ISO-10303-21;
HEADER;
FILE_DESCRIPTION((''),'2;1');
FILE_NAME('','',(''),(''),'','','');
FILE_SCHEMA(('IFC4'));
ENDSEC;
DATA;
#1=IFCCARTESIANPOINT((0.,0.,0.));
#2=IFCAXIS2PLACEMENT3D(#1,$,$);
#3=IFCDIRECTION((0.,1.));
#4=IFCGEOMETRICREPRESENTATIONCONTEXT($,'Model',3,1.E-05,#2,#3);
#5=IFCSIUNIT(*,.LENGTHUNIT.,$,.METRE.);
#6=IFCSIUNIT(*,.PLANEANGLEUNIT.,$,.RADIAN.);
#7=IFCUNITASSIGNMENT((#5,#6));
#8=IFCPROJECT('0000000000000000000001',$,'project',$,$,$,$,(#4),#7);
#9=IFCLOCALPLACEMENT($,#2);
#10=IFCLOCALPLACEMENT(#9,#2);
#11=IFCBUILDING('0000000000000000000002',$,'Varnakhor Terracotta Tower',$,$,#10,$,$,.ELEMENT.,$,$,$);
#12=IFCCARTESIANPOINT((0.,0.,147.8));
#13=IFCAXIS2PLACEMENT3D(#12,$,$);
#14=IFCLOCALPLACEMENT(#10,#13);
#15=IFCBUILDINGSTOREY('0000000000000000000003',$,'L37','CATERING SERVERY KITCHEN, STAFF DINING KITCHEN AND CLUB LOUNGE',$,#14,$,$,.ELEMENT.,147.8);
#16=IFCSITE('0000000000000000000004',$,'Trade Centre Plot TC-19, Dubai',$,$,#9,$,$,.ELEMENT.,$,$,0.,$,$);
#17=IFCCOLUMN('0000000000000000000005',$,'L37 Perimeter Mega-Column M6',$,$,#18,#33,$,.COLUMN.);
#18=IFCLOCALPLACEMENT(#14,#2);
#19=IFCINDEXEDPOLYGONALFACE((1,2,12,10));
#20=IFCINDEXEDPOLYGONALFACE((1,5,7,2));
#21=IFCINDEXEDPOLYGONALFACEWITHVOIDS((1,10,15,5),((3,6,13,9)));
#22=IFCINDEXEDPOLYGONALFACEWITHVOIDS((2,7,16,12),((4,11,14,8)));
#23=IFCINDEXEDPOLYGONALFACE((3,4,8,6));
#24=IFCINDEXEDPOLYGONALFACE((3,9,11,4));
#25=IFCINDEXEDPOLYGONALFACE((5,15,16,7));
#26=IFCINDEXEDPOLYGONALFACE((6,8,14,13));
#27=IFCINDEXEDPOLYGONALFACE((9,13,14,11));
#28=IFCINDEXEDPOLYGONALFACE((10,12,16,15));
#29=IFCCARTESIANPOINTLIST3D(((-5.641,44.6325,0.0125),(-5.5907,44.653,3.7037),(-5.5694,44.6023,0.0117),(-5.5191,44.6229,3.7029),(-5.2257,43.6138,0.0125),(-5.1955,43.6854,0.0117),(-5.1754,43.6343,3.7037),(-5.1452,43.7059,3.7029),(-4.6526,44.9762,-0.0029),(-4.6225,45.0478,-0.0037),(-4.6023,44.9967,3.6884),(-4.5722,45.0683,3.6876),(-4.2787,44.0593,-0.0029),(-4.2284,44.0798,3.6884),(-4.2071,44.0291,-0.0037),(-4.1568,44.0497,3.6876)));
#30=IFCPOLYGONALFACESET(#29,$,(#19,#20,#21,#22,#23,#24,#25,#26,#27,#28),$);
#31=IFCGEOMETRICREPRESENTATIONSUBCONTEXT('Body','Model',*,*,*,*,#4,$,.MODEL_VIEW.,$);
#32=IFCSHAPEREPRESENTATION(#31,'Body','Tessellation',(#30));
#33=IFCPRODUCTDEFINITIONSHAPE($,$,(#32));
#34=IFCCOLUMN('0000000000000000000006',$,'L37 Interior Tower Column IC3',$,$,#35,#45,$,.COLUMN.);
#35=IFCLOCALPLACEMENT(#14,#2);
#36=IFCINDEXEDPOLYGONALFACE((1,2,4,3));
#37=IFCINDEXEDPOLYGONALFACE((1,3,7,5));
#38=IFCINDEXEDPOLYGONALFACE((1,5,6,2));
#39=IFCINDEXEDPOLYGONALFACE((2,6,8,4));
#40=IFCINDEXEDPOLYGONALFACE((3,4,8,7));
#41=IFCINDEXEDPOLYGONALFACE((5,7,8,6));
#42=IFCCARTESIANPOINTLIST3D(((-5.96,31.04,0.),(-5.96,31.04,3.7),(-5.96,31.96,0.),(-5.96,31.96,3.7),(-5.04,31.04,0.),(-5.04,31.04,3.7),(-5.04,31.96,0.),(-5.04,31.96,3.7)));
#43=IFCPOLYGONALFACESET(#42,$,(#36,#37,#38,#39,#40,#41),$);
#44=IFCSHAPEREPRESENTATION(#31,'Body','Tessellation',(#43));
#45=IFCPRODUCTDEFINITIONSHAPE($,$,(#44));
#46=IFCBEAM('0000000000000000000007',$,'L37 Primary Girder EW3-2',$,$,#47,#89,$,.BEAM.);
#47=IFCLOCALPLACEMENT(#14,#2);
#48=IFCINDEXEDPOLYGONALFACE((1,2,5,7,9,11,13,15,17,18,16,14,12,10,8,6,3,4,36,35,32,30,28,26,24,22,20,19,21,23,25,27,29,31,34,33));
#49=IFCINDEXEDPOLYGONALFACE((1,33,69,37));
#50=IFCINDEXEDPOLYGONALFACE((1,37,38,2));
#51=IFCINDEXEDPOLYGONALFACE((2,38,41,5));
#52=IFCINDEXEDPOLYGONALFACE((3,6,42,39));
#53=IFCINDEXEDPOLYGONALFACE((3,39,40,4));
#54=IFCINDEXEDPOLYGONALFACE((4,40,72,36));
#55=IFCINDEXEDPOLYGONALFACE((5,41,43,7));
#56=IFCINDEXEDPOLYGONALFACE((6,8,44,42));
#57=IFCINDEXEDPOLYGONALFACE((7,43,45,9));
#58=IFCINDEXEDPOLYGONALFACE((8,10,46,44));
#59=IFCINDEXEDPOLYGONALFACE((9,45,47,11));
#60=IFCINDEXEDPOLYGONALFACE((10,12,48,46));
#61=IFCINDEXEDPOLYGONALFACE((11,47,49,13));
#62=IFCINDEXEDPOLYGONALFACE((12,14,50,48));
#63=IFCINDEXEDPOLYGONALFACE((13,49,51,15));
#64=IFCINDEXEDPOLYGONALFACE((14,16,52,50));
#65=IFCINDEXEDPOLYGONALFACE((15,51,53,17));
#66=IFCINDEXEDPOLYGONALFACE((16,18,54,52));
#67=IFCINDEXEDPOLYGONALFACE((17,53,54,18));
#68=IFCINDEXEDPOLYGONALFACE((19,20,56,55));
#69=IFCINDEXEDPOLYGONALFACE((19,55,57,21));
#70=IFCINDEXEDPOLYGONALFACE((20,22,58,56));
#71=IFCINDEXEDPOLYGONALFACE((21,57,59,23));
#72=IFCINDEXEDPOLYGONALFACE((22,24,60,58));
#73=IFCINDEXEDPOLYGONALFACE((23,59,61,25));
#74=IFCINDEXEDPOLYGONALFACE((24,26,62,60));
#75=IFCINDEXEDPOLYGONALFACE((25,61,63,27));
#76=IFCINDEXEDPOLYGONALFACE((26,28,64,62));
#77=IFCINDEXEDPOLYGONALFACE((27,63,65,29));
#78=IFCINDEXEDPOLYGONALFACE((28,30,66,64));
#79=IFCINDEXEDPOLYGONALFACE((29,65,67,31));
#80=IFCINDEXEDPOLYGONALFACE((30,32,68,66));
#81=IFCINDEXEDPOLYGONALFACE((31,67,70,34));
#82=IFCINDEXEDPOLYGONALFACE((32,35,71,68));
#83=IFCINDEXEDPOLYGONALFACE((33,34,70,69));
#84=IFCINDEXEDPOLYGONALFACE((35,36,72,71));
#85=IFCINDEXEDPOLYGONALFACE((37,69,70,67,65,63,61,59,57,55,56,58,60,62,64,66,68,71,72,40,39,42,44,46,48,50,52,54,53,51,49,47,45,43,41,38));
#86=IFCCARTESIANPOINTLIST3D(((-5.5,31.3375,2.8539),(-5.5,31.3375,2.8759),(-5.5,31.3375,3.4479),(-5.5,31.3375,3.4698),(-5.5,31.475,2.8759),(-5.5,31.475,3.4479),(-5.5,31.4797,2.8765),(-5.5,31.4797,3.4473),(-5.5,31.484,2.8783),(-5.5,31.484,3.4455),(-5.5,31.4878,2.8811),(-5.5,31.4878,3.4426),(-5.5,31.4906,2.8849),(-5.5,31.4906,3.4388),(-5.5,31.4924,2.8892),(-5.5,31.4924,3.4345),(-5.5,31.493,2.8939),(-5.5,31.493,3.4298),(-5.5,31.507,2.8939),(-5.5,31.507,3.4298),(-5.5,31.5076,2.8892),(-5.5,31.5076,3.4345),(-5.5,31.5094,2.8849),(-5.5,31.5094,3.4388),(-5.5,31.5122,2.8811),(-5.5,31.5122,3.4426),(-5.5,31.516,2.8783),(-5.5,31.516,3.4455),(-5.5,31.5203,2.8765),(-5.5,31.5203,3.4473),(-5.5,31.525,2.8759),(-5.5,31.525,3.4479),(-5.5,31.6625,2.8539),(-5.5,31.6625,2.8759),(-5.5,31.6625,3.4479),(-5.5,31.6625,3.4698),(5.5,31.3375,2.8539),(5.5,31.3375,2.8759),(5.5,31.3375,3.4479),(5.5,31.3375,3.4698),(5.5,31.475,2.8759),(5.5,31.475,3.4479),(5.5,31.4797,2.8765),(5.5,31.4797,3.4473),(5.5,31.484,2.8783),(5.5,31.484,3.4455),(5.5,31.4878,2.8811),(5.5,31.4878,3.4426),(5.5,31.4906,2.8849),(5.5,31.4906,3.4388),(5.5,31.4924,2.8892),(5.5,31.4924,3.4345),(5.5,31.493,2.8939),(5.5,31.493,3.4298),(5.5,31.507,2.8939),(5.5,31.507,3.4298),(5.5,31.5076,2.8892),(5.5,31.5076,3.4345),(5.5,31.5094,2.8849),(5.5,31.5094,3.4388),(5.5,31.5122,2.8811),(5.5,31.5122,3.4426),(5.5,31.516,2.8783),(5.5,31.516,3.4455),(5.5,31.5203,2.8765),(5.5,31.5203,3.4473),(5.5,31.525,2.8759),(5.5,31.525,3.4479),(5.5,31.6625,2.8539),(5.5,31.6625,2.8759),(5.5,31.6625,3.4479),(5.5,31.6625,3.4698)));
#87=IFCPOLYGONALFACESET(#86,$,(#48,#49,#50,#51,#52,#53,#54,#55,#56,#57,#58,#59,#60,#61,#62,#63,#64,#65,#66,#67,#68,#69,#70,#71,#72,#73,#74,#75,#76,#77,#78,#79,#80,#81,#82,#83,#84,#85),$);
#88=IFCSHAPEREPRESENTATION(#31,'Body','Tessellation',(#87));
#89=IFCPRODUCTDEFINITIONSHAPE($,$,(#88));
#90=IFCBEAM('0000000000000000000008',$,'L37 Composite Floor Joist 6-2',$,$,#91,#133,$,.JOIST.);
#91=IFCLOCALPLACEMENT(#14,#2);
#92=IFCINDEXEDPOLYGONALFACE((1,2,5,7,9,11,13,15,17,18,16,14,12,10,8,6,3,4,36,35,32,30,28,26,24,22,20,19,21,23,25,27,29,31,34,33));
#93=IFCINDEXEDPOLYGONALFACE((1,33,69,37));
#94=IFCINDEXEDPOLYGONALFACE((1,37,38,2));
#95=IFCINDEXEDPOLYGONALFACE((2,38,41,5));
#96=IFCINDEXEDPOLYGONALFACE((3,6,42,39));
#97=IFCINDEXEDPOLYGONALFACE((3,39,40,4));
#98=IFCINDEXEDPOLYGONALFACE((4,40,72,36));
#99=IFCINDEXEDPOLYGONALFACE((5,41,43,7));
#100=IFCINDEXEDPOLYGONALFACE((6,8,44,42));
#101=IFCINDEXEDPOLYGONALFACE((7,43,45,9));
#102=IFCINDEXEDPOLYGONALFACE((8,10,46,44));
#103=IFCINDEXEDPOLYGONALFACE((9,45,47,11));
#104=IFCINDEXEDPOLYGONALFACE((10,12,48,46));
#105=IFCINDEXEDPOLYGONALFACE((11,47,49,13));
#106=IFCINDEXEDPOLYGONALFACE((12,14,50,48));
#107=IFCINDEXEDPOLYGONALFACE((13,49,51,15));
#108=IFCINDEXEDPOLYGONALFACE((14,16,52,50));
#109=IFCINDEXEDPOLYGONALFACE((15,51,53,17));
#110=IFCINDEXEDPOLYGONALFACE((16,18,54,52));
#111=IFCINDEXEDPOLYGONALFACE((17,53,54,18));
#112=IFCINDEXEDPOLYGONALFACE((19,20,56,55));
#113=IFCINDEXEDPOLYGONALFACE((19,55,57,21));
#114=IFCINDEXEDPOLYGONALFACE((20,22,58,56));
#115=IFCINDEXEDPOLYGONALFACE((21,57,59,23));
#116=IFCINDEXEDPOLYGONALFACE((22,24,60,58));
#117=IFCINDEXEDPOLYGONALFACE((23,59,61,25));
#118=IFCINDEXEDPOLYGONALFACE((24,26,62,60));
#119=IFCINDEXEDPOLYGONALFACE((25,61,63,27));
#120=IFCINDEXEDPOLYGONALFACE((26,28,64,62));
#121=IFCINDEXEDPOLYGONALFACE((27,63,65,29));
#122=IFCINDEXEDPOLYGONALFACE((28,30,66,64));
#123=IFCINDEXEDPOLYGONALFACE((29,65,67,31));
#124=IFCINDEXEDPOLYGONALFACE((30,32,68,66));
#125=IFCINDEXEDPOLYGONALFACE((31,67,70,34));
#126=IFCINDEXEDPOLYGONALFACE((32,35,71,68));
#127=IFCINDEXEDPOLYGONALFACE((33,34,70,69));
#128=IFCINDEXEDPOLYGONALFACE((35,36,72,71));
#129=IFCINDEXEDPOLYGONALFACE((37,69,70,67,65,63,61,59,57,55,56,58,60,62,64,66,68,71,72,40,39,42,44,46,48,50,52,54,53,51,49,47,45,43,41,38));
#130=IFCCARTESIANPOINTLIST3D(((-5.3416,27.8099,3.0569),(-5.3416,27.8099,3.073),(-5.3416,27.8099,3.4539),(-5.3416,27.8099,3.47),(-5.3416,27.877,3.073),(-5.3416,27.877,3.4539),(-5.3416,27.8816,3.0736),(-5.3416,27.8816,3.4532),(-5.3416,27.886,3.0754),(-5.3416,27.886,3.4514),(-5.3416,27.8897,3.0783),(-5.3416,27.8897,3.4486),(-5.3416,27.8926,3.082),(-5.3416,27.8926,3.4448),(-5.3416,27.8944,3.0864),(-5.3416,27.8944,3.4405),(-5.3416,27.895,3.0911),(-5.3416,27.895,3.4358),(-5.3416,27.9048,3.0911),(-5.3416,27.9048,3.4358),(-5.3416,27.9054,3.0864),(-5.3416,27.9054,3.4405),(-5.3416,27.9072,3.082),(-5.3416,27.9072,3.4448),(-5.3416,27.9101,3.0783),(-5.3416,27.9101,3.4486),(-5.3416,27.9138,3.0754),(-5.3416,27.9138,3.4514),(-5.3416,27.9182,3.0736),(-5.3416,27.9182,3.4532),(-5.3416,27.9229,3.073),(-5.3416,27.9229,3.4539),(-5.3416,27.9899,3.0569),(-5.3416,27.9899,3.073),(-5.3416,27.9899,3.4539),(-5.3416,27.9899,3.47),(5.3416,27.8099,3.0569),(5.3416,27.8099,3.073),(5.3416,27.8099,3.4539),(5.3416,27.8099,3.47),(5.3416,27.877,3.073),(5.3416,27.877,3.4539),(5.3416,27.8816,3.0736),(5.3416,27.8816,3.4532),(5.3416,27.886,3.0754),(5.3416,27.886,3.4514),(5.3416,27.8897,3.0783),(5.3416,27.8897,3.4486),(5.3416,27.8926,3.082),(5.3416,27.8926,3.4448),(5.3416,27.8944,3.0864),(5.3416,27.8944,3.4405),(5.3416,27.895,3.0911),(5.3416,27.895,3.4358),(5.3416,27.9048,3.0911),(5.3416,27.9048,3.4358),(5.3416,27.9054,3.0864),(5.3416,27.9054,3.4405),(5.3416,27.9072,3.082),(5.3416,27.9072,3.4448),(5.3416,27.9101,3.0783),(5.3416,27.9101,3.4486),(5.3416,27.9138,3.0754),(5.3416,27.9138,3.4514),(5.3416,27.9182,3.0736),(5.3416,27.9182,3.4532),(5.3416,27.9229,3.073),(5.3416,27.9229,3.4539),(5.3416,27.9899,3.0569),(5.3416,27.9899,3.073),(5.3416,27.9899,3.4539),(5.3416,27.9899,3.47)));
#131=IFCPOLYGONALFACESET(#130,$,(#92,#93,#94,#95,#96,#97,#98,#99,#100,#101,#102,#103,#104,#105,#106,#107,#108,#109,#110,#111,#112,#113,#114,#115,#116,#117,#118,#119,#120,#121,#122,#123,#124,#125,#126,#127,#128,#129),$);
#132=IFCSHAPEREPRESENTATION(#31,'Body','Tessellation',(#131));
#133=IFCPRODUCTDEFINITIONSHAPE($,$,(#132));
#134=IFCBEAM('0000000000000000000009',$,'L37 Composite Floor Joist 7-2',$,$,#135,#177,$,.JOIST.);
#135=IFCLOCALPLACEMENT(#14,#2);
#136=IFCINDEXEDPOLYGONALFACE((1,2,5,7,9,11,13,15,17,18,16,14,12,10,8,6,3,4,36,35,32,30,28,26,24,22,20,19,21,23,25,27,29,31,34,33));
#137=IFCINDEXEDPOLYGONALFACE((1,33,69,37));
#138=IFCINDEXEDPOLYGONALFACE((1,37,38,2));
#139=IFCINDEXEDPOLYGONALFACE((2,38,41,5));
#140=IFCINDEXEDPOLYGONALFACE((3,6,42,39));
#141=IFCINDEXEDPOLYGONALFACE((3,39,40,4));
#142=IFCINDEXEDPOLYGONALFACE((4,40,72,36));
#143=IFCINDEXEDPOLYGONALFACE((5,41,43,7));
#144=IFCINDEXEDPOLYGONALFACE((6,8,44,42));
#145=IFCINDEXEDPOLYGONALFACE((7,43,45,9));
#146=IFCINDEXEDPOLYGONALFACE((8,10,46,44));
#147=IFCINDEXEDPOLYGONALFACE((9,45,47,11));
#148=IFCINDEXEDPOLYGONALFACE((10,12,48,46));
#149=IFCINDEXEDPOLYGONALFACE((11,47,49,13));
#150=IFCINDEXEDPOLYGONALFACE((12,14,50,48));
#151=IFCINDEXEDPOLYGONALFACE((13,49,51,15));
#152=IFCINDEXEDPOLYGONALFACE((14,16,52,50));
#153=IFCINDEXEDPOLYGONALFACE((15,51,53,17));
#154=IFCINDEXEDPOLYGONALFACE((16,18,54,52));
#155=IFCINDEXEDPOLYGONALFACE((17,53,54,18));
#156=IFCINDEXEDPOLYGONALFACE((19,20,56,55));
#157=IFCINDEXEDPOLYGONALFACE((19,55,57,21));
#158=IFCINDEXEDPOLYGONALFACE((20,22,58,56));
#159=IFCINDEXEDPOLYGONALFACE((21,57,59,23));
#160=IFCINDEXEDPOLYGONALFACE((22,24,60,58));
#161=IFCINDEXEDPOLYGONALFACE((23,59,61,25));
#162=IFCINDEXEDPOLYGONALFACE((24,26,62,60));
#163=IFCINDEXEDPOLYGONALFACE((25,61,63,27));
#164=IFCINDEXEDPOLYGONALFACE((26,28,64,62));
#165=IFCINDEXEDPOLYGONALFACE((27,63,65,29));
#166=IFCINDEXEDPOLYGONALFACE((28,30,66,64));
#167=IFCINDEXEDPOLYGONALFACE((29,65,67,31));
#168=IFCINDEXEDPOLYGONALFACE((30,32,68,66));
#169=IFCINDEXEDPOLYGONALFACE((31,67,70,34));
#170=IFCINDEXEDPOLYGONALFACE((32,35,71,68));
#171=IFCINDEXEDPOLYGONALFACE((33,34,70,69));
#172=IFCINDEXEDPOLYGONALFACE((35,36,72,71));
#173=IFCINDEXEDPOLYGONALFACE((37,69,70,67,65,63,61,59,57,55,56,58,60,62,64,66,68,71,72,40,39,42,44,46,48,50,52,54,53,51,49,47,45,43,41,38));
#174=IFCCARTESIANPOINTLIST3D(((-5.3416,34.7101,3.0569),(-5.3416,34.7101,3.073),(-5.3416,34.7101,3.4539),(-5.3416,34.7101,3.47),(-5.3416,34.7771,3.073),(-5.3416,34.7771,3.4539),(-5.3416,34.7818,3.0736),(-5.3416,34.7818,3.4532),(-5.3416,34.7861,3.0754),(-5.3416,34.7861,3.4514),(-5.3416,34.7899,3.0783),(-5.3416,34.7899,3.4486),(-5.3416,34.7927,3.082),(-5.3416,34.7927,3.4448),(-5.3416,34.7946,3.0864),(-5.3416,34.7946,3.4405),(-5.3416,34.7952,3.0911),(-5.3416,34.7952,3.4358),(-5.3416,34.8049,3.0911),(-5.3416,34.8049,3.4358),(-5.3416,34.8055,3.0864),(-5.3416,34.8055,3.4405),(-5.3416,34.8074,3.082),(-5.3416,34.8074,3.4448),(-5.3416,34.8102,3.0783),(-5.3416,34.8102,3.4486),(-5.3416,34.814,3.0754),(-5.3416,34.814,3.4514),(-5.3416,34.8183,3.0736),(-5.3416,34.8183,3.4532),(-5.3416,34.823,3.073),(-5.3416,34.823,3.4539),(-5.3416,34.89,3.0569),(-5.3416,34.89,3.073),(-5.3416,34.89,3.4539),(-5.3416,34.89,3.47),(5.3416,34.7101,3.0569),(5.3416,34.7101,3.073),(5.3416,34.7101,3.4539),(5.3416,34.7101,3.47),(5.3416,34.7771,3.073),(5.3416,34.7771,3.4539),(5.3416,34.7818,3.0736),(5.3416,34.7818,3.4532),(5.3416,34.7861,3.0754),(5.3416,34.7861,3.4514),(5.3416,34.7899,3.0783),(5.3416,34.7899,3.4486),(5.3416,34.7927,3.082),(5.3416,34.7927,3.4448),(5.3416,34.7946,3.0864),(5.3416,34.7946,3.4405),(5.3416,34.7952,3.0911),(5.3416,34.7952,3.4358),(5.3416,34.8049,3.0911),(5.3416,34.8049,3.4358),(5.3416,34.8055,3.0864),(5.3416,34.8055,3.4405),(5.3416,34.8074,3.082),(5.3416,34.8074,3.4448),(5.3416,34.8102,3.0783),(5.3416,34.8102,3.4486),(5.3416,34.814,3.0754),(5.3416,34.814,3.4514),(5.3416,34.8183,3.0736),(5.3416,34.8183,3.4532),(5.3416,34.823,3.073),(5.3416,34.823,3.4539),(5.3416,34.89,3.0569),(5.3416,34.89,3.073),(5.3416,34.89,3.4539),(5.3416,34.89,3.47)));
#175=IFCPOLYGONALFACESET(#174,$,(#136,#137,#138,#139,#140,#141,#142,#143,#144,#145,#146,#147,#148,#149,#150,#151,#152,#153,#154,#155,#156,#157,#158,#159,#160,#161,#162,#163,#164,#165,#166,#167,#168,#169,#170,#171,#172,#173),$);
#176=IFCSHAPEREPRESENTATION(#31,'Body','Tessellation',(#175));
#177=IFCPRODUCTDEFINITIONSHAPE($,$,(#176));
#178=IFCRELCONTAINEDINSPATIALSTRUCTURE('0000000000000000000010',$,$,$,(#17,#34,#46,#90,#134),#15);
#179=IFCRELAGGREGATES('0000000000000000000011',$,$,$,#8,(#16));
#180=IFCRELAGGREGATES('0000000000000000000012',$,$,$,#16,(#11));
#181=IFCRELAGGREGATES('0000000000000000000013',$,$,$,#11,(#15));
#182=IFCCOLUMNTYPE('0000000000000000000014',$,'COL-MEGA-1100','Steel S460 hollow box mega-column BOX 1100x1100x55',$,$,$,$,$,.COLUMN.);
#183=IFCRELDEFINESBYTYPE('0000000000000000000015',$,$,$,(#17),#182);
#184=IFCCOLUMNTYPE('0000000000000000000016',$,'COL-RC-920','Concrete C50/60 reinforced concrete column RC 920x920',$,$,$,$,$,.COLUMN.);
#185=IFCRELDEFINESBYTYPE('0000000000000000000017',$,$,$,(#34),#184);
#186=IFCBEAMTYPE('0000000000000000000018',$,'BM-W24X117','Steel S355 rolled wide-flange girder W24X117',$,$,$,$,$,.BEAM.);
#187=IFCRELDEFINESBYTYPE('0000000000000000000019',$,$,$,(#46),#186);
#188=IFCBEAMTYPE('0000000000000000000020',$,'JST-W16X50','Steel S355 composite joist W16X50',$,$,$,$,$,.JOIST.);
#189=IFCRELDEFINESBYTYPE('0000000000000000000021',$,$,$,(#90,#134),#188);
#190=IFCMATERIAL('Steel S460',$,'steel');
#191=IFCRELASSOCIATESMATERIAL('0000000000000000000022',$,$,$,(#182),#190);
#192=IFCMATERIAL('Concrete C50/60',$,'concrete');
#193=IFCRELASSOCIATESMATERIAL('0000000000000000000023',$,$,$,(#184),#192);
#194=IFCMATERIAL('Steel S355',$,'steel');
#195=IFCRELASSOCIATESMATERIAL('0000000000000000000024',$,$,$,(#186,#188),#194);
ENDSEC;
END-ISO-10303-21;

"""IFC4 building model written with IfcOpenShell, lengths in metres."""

from ifc_helpers import new_model, si_unit, direction, frame, origin, origin_2d, place, context, subcontext, project, spatial, rectangle, hollow_rectangle, i_section, extrude, source, transform, mapped, material, material_profile, profile_set, type_object, element, save


model = new_model("IFC4")

# Units and contexts
model_context = context("Model", 3, precision=1e-05, world=origin(), true_north=direction((0.0, 1.0)))
body_context = subcontext(model_context, "Body", "Model", "MODEL_VIEW")
ifc_project = project(units=[si_unit("LENGTHUNIT", "METRE"), si_unit("PLANEANGLEUNIT", "RADIAN")], contexts=[model_context])

# Site, building, storey
site_placement = place(None, origin())
site = spatial("IfcSite", under=ifc_project, at=site_placement, Name="Trade Centre Plot TC-19, Dubai", CompositionType="ELEMENT", RefElevation=0.0)
building_placement = place(site_placement, origin())
building = spatial("IfcBuilding", under=site, at=building_placement, Name="Varnakhor Terracotta Tower", CompositionType="ELEMENT")
storey_placement = place(building_placement, frame((0.0, 0.0, 147.8)))
storey = spatial("IfcBuildingStorey", under=building, at=storey_placement, Name="L37", Description="CATERING SERVERY KITCHEN, STAFF DINING KITCHEN AND CLUB LOUNGE", CompositionType="ELEMENT", Elevation=147.8)

# Columns
ifc_material_1 = material(Name="Steel S460", Category="steel")
ifc_material_profile_1 = material_profile(ifc_material_1, hollow_rectangle(XDim=1.1001, YDim=1.1001, WallThickness=0.0549, at=origin_2d()), Name="BOX 1100x1100x55")
ifc_profile_set_1 = profile_set([ifc_material_profile_1], Name="Steel S460")
column_type_1 = type_object("IfcColumnType", Name="COL-MEGA-1100", Description="Steel S460 hollow box mega-column BOX 1100x1100x55", PredefinedType="COLUMN", material=ifc_profile_set_1)
shared_shape_1 = source(origin(), body_context, "Body", "SweptSolid", [
    extrude(hollow_rectangle(XDim=1.1001, YDim=1.1001, WallThickness=0.0549, at=origin_2d()), origin(), (0.0, 0.0, 1.0), 3.6917),
])
column_1_placement = place(storey_placement, frame((-4.9241, 44.3308, 0.0044), z_axis=(0.013624, 0.005555, 0.999892), x_axis=(-0.377582, 0.925976, 0.0)))
element("IfcColumn", 1, at=column_1_placement, inside=storey, type_object=column_type_1, Name="L37 Perimeter Mega-Column M6", PredefinedType="COLUMN", context=body_context, shape_type="MappedRepresentation", body=[
    mapped(shared_shape_1, transform((0.0, 0.0, 0.0), scale=1.0)),
])
ifc_material_2 = material(Name="Concrete C50/60", Category="concrete")
ifc_material_profile_2 = material_profile(ifc_material_2, rectangle(XDim=0.9199, YDim=0.9199, at=origin_2d()), Name="RC 920x920")
ifc_profile_set_2 = profile_set([ifc_material_profile_2], Name="Concrete C50/60")
column_type_2 = type_object("IfcColumnType", Name="COL-RC-920", Description="Concrete C50/60 reinforced concrete column RC 920x920", PredefinedType="COLUMN", material=ifc_profile_set_2)
shared_shape_2 = source(origin(), body_context, "Body", "SweptSolid", [
    extrude(rectangle(XDim=0.9199, YDim=0.9199, at=origin_2d()), origin(), (0.0, 0.0, 1.0), 3.7),
])
column_2_placement = place(storey_placement, frame((-5.5, 31.5, 0.0), z_axis=(0.0, 0.0, 1.0), x_axis=(1.0, 0.0, 0.0)))
element("IfcColumn", 2, at=column_2_placement, inside=storey, type_object=column_type_2, Name="L37 Interior Tower Column IC3", PredefinedType="COLUMN", context=body_context, shape_type="MappedRepresentation", body=[
    mapped(shared_shape_2, transform((0.0, 0.0, 0.0), scale=1.0)),
])

# Beams
ifc_material_3 = material(Name="Steel S355", Category="steel")
ifc_material_profile_3 = material_profile(ifc_material_3, i_section(OverallWidth=0.325, OverallDepth=0.616, WebThickness=0.0139, FlangeThickness=0.022, FilletRadius=0.0181, at=origin_2d()), Name="W24X117")
ifc_profile_set_3 = profile_set([ifc_material_profile_3], Name="Steel S355")
beam_type_1 = type_object("IfcBeamType", Name="BM-W24X117", Description="Steel S355 rolled wide-flange girder W24X117", PredefinedType="BEAM", material=ifc_profile_set_3)
shared_shape_3 = source(origin(), body_context, "Body", "SweptSolid", [
    extrude(i_section(OverallWidth=0.325, OverallDepth=0.616, WebThickness=0.0139, FlangeThickness=0.022, FilletRadius=0.0181, at=origin_2d()), origin(), (0.0, 0.0, 1.0), 11.0),
])
beam_1_placement = place(storey_placement, frame((-5.5, 31.5, 3.1619), z_axis=(1.0, 0.0, 0.0), x_axis=(0.0, 1.0, 0.0)))
element("IfcBeam", 3, at=beam_1_placement, inside=storey, type_object=beam_type_1, Name="L37 Primary Girder EW3-2", PredefinedType="BEAM", context=body_context, shape_type="MappedRepresentation", body=[
    mapped(shared_shape_3, transform((0.0, 0.0, 0.0), scale=1.0)),
])
ifc_material_profile_4 = material_profile(ifc_material_3, i_section(OverallWidth=0.1799, OverallDepth=0.4131, WebThickness=0.0098, FlangeThickness=0.0161, FilletRadius=0.0181, at=origin_2d()), Name="W16X50")
ifc_profile_set_4 = profile_set([ifc_material_profile_4], Name="Steel S355")
beam_type_2 = type_object("IfcBeamType", Name="JST-W16X50", Description="Steel S355 composite joist W16X50", PredefinedType="JOIST", material=ifc_profile_set_4)
shared_shape_4 = source(origin(), body_context, "Body", "SweptSolid", [
    extrude(i_section(OverallWidth=0.1799, OverallDepth=0.4131, WebThickness=0.0098, FlangeThickness=0.0161, FilletRadius=0.0181, at=origin_2d()), origin(), (0.0, 0.0, 1.0), 10.6831),
])
for number, where, z_axis, x_axis, name in (
    (4, (-5.3416, 27.8999, 3.2634), (1.0, 0.0, 0.0), (0.0, 1.0, 0.0), "L37 Composite Floor Joist 6-2"),
    (5, (-5.3416, 34.8, 3.2634), (1.0, 0.0, 0.0), (0.0, 1.0, 0.0), "L37 Composite Floor Joist 7-2"),
):
    element("IfcBeam", number, at=place(storey_placement, frame(where, z_axis=z_axis, x_axis=x_axis)), inside=storey, type_object=beam_type_2, Name=name, PredefinedType="JOIST", context=body_context, shape_type="MappedRepresentation", body=[
        mapped(shared_shape_4, transform((0.0, 0.0, 0.0), scale=1.0)),
    ])

save(model, "model.ifc")
